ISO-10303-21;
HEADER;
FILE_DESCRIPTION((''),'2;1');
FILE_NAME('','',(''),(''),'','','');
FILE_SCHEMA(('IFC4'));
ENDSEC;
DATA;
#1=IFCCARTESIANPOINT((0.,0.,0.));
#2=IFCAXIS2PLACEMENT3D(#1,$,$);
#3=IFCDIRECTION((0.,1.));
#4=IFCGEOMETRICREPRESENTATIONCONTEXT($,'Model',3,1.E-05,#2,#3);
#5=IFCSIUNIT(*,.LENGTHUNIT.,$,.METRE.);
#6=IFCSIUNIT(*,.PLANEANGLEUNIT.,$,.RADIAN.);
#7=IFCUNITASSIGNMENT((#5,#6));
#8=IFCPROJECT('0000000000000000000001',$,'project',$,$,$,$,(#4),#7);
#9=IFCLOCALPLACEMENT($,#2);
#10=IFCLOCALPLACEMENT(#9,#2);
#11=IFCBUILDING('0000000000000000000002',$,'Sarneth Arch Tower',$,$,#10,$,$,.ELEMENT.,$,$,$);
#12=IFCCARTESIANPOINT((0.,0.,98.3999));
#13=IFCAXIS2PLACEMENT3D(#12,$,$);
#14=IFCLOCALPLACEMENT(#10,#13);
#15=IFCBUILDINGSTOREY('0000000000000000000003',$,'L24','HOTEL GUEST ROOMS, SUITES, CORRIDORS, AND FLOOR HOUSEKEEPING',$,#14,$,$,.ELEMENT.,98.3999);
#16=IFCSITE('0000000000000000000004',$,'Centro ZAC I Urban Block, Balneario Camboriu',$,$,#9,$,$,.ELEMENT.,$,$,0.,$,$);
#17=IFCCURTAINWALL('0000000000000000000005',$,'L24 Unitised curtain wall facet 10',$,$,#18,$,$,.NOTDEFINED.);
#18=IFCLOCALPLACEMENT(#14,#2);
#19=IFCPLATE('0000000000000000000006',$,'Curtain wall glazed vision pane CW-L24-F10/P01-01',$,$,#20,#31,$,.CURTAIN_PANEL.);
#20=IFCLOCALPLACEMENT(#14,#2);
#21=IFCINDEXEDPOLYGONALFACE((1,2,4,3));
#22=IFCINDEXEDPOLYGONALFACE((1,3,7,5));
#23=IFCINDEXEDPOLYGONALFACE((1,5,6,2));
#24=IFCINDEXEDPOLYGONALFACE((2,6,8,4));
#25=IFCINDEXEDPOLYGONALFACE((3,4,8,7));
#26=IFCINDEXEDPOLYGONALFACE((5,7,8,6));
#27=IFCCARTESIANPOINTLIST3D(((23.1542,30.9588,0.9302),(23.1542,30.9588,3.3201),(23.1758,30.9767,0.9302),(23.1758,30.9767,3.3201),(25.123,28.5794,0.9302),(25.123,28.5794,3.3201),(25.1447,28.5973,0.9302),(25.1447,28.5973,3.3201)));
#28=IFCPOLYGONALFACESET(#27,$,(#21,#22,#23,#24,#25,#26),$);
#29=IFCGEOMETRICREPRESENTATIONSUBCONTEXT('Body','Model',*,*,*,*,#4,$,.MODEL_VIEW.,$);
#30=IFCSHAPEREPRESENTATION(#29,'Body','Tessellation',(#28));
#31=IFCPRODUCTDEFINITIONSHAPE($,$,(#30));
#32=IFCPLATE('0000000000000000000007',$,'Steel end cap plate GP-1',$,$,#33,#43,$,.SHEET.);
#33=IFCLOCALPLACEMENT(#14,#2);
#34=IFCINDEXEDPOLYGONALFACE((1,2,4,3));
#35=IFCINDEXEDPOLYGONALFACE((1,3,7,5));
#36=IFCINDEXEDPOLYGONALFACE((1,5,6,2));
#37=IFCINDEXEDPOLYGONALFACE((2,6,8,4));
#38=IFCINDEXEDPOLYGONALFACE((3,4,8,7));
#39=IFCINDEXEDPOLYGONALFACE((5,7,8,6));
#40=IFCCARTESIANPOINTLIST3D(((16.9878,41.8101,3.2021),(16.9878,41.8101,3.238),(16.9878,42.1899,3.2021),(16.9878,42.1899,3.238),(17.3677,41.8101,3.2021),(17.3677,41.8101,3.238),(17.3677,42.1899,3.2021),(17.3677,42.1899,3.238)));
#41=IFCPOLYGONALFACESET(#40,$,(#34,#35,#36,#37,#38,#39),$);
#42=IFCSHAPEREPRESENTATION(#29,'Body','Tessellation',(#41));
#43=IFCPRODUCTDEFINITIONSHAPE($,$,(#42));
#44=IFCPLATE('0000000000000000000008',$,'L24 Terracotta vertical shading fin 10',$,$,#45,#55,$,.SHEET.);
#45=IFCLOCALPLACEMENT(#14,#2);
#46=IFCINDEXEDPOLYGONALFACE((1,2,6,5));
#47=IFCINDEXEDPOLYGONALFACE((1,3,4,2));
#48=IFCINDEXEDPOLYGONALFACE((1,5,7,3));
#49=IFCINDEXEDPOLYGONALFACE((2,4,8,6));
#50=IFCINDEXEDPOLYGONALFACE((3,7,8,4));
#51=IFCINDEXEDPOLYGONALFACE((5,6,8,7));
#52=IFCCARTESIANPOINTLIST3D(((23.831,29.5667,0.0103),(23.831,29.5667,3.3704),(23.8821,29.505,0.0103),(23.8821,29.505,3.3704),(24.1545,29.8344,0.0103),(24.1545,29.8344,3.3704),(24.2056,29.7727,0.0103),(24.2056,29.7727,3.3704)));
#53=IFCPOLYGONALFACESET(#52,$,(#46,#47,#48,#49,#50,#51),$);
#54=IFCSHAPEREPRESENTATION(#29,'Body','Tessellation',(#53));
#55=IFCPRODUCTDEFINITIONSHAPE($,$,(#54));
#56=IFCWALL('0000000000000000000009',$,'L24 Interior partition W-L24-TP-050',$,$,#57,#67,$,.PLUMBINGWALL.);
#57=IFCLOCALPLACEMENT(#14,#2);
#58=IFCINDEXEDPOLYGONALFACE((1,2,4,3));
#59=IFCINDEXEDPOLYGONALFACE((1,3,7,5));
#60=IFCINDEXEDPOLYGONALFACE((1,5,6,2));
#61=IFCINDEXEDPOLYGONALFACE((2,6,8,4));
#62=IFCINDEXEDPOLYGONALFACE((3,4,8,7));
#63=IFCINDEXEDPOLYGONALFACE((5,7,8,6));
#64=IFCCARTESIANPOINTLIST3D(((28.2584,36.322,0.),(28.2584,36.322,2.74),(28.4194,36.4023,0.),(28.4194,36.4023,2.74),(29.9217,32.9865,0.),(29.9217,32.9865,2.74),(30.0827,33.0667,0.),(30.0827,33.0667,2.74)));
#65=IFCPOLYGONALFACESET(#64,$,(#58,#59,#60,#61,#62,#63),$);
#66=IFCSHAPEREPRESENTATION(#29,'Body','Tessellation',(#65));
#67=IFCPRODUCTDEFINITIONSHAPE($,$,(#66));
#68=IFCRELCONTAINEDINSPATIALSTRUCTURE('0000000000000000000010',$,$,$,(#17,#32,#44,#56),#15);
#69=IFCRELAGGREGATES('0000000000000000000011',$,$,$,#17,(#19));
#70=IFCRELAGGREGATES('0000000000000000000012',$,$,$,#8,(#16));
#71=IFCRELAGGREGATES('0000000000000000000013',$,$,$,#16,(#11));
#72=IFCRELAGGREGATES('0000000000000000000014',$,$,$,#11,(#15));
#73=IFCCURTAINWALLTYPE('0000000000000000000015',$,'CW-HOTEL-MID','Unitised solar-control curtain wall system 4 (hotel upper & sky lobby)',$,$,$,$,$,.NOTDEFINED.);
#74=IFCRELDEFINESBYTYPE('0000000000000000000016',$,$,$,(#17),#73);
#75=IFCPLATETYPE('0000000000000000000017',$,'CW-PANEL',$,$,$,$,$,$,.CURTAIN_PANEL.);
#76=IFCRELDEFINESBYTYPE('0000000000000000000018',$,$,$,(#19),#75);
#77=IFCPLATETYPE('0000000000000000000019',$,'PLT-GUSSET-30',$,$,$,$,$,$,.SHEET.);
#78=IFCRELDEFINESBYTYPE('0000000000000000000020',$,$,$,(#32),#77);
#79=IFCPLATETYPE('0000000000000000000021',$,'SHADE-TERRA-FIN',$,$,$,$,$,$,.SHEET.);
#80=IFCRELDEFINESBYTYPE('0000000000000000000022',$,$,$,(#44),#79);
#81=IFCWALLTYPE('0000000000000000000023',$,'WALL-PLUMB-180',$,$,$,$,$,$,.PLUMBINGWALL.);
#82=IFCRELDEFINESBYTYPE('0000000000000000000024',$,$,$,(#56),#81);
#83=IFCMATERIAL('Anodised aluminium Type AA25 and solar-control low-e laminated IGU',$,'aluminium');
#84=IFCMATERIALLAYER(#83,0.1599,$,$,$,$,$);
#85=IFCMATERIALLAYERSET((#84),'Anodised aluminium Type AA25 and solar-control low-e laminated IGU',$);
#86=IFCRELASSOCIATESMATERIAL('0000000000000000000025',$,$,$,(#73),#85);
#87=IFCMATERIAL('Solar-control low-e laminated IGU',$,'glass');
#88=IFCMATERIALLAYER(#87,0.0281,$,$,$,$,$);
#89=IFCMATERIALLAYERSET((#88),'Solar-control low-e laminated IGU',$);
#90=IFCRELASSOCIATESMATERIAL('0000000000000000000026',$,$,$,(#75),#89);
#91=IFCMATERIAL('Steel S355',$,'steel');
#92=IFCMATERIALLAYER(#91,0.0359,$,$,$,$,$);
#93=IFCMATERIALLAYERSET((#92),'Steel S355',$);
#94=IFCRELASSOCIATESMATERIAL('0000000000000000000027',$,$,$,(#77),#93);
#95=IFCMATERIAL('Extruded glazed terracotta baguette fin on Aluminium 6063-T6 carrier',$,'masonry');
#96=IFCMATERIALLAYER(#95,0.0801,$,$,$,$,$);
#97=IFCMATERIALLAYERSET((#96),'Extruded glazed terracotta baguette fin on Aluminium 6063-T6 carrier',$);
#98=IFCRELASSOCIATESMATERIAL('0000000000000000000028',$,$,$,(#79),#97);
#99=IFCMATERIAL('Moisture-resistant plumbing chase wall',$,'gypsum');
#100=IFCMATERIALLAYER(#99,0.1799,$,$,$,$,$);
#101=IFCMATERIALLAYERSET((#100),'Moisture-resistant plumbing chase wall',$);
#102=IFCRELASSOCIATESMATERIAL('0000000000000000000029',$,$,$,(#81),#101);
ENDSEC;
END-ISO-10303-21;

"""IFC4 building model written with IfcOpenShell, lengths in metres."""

from ifc_helpers import new_model, si_unit, direction, frame, frame_2d, origin, origin_2d, place, context, subcontext, project, spatial, rectangle, extrude, material, layer, layer_set, type_object, element, aggregate, save


model = new_model("IFC4")

# Units and contexts
model_context = context("Model", 3, precision=1e-05, world=origin(), true_north=direction((0.0, 1.0)))
body_context = subcontext(model_context, "Body", "Model", "MODEL_VIEW")
ifc_project = project(units=[si_unit("LENGTHUNIT", "METRE"), si_unit("PLANEANGLEUNIT", "RADIAN")], contexts=[model_context])

# Site, building, storey
site_placement = place(None, origin())
site = spatial("IfcSite", under=ifc_project, at=site_placement, Name="Centro ZAC I Urban Block, Balneario Camboriu", CompositionType="ELEMENT", RefElevation=0.0)
building_placement = place(site_placement, origin())
building = spatial("IfcBuilding", under=site, at=building_placement, Name="Sarneth Arch Tower", CompositionType="ELEMENT")
storey_placement = place(building_placement, frame((0.0, 0.0, 98.3999)))
storey = spatial("IfcBuildingStorey", under=building, at=storey_placement, Name="L24", Description="HOTEL GUEST ROOMS, SUITES, CORRIDORS, AND FLOOR HOUSEKEEPING", CompositionType="ELEMENT", Elevation=98.3999)

# Curtain wall, plate
ifc_material_1 = material(Name="Anodised aluminium Type AA25 and solar-control low-e laminated IGU", Category="aluminium")
ifc_layer_1 = layer(ifc_material_1, 0.1599)
ifc_layer_set_1 = layer_set([ifc_layer_1], Name="Anodised aluminium Type AA25 and solar-control low-e laminated IGU")
curtain_wall_type = type_object("IfcCurtainWallType", Name="CW-HOTEL-MID", Description="Unitised solar-control curtain wall system 4 (hotel upper & sky lobby)", PredefinedType="NOTDEFINED", material=ifc_layer_set_1)
curtain_wall_placement = place(storey_placement, origin())
curtain_wall = element("IfcCurtainWall", 1, at=curtain_wall_placement, inside=storey, type_object=curtain_wall_type, Name="L24 Unitised curtain wall facet 10", PredefinedType="NOTDEFINED")
ifc_material_2 = material(Name="Solar-control low-e laminated IGU", Category="glass")
ifc_layer_2 = layer(ifc_material_2, 0.0281)
ifc_layer_set_2 = layer_set([ifc_layer_2], Name="Solar-control low-e laminated IGU")
plate_type_1 = type_object("IfcPlateType", Name="CW-PANEL", PredefinedType="CURTAIN_PANEL", material=ifc_layer_set_2)
plate_1_placement = place(storey_placement, frame((24.1494, 29.7781, 0.9302), z_axis=(0.0, 0.0, 1.0), x_axis=(0.637515, -0.770438, 0.0)))
plate_1 = element("IfcPlate", 2, at=plate_1_placement, type_object=plate_type_1, Name="Curtain wall glazed vision pane CW-L24-F10/P01-01", PredefinedType="CURTAIN_PANEL", context=body_context, shape_type="SweptSolid", body=[
    extrude(rectangle(XDim=3.0884, YDim=0.0281, at=origin_2d()), origin(), (0.0, 0.0, 1.0), 2.3899),
])
aggregate(curtain_wall, [plate_1])

# Plates
ifc_material_3 = material(Name="Steel S355", Category="steel")
ifc_layer_3 = layer(ifc_material_3, 0.0359)
ifc_layer_set_3 = layer_set([ifc_layer_3], Name="Steel S355")
plate_type_2 = type_object("IfcPlateType", Name="PLT-GUSSET-30", PredefinedType="SHEET", material=ifc_layer_set_3)
plate_2_placement = place(storey_placement, frame((17.1777, 42.0, 3.2021), z_axis=(0.0, 0.0, 1.0), x_axis=(-1.0, 0.0, 0.0)))
element("IfcPlate", 3, at=plate_2_placement, inside=storey, type_object=plate_type_2, Name="Steel end cap plate GP-1", PredefinedType="SHEET", context=body_context, shape_type="SweptSolid", body=[
    extrude(rectangle(XDim=0.3799, YDim=0.3799, at=origin_2d()), origin(), (0.0, 0.0, 1.0), 0.0359),
])
ifc_material_4 = material(Name="Extruded glazed terracotta baguette fin on Aluminium 6063-T6 carrier", Category="masonry")
ifc_layer_4 = layer(ifc_material_4, 0.0801)
ifc_layer_set_4 = layer_set([ifc_layer_4], Name="Extruded glazed terracotta baguette fin on Aluminium 6063-T6 carrier")
plate_type_3 = type_object("IfcPlateType", Name="SHADE-TERRA-FIN", PredefinedType="SHEET", material=ifc_layer_set_4)
plate_3_placement = place(storey_placement, frame((24.0183, 29.6697, 0.0103), z_axis=(0.0, 0.0, 1.0), x_axis=(-0.770402, -0.637558, 0.0)))
element("IfcPlate", 4, at=plate_3_placement, inside=storey, type_object=plate_type_3, Name="L24 Terracotta vertical shading fin 10", PredefinedType="SHEET", context=body_context, shape_type="SweptSolid", body=[
    extrude(rectangle(XDim=0.4199, YDim=0.0801, at=origin_2d()), origin(), (0.0, 0.0, 1.0), 3.3601),
])

# Wall
ifc_material_5 = material(Name="Moisture-resistant plumbing chase wall", Category="gypsum")
ifc_layer_5 = layer(ifc_material_5, 0.1799)
ifc_layer_set_5 = layer_set([ifc_layer_5], Name="Moisture-resistant plumbing chase wall")
wall_type = type_object("IfcWallType", Name="WALL-PLUMB-180", PredefinedType="PLUMBINGWALL", material=ifc_layer_set_5)
wall_placement = place(storey_placement, frame((28.3389, 36.3623, 0.0), z_axis=(0.0, 0.0, 1.0), x_axis=(0.446244, -0.894911, 0.0)))
element("IfcWall", 5, at=wall_placement, inside=storey, type_object=wall_type, Name="L24 Interior partition W-L24-TP-050", PredefinedType="PLUMBINGWALL", context=body_context, shape_type="SweptSolid", body=[
    extrude(rectangle(XDim=3.7273, YDim=0.1799, at=frame_2d((1.8638, 0.0))), origin(), (0.0, 0.0, 1.0), 2.74),
])

save(model, "model.ifc")
